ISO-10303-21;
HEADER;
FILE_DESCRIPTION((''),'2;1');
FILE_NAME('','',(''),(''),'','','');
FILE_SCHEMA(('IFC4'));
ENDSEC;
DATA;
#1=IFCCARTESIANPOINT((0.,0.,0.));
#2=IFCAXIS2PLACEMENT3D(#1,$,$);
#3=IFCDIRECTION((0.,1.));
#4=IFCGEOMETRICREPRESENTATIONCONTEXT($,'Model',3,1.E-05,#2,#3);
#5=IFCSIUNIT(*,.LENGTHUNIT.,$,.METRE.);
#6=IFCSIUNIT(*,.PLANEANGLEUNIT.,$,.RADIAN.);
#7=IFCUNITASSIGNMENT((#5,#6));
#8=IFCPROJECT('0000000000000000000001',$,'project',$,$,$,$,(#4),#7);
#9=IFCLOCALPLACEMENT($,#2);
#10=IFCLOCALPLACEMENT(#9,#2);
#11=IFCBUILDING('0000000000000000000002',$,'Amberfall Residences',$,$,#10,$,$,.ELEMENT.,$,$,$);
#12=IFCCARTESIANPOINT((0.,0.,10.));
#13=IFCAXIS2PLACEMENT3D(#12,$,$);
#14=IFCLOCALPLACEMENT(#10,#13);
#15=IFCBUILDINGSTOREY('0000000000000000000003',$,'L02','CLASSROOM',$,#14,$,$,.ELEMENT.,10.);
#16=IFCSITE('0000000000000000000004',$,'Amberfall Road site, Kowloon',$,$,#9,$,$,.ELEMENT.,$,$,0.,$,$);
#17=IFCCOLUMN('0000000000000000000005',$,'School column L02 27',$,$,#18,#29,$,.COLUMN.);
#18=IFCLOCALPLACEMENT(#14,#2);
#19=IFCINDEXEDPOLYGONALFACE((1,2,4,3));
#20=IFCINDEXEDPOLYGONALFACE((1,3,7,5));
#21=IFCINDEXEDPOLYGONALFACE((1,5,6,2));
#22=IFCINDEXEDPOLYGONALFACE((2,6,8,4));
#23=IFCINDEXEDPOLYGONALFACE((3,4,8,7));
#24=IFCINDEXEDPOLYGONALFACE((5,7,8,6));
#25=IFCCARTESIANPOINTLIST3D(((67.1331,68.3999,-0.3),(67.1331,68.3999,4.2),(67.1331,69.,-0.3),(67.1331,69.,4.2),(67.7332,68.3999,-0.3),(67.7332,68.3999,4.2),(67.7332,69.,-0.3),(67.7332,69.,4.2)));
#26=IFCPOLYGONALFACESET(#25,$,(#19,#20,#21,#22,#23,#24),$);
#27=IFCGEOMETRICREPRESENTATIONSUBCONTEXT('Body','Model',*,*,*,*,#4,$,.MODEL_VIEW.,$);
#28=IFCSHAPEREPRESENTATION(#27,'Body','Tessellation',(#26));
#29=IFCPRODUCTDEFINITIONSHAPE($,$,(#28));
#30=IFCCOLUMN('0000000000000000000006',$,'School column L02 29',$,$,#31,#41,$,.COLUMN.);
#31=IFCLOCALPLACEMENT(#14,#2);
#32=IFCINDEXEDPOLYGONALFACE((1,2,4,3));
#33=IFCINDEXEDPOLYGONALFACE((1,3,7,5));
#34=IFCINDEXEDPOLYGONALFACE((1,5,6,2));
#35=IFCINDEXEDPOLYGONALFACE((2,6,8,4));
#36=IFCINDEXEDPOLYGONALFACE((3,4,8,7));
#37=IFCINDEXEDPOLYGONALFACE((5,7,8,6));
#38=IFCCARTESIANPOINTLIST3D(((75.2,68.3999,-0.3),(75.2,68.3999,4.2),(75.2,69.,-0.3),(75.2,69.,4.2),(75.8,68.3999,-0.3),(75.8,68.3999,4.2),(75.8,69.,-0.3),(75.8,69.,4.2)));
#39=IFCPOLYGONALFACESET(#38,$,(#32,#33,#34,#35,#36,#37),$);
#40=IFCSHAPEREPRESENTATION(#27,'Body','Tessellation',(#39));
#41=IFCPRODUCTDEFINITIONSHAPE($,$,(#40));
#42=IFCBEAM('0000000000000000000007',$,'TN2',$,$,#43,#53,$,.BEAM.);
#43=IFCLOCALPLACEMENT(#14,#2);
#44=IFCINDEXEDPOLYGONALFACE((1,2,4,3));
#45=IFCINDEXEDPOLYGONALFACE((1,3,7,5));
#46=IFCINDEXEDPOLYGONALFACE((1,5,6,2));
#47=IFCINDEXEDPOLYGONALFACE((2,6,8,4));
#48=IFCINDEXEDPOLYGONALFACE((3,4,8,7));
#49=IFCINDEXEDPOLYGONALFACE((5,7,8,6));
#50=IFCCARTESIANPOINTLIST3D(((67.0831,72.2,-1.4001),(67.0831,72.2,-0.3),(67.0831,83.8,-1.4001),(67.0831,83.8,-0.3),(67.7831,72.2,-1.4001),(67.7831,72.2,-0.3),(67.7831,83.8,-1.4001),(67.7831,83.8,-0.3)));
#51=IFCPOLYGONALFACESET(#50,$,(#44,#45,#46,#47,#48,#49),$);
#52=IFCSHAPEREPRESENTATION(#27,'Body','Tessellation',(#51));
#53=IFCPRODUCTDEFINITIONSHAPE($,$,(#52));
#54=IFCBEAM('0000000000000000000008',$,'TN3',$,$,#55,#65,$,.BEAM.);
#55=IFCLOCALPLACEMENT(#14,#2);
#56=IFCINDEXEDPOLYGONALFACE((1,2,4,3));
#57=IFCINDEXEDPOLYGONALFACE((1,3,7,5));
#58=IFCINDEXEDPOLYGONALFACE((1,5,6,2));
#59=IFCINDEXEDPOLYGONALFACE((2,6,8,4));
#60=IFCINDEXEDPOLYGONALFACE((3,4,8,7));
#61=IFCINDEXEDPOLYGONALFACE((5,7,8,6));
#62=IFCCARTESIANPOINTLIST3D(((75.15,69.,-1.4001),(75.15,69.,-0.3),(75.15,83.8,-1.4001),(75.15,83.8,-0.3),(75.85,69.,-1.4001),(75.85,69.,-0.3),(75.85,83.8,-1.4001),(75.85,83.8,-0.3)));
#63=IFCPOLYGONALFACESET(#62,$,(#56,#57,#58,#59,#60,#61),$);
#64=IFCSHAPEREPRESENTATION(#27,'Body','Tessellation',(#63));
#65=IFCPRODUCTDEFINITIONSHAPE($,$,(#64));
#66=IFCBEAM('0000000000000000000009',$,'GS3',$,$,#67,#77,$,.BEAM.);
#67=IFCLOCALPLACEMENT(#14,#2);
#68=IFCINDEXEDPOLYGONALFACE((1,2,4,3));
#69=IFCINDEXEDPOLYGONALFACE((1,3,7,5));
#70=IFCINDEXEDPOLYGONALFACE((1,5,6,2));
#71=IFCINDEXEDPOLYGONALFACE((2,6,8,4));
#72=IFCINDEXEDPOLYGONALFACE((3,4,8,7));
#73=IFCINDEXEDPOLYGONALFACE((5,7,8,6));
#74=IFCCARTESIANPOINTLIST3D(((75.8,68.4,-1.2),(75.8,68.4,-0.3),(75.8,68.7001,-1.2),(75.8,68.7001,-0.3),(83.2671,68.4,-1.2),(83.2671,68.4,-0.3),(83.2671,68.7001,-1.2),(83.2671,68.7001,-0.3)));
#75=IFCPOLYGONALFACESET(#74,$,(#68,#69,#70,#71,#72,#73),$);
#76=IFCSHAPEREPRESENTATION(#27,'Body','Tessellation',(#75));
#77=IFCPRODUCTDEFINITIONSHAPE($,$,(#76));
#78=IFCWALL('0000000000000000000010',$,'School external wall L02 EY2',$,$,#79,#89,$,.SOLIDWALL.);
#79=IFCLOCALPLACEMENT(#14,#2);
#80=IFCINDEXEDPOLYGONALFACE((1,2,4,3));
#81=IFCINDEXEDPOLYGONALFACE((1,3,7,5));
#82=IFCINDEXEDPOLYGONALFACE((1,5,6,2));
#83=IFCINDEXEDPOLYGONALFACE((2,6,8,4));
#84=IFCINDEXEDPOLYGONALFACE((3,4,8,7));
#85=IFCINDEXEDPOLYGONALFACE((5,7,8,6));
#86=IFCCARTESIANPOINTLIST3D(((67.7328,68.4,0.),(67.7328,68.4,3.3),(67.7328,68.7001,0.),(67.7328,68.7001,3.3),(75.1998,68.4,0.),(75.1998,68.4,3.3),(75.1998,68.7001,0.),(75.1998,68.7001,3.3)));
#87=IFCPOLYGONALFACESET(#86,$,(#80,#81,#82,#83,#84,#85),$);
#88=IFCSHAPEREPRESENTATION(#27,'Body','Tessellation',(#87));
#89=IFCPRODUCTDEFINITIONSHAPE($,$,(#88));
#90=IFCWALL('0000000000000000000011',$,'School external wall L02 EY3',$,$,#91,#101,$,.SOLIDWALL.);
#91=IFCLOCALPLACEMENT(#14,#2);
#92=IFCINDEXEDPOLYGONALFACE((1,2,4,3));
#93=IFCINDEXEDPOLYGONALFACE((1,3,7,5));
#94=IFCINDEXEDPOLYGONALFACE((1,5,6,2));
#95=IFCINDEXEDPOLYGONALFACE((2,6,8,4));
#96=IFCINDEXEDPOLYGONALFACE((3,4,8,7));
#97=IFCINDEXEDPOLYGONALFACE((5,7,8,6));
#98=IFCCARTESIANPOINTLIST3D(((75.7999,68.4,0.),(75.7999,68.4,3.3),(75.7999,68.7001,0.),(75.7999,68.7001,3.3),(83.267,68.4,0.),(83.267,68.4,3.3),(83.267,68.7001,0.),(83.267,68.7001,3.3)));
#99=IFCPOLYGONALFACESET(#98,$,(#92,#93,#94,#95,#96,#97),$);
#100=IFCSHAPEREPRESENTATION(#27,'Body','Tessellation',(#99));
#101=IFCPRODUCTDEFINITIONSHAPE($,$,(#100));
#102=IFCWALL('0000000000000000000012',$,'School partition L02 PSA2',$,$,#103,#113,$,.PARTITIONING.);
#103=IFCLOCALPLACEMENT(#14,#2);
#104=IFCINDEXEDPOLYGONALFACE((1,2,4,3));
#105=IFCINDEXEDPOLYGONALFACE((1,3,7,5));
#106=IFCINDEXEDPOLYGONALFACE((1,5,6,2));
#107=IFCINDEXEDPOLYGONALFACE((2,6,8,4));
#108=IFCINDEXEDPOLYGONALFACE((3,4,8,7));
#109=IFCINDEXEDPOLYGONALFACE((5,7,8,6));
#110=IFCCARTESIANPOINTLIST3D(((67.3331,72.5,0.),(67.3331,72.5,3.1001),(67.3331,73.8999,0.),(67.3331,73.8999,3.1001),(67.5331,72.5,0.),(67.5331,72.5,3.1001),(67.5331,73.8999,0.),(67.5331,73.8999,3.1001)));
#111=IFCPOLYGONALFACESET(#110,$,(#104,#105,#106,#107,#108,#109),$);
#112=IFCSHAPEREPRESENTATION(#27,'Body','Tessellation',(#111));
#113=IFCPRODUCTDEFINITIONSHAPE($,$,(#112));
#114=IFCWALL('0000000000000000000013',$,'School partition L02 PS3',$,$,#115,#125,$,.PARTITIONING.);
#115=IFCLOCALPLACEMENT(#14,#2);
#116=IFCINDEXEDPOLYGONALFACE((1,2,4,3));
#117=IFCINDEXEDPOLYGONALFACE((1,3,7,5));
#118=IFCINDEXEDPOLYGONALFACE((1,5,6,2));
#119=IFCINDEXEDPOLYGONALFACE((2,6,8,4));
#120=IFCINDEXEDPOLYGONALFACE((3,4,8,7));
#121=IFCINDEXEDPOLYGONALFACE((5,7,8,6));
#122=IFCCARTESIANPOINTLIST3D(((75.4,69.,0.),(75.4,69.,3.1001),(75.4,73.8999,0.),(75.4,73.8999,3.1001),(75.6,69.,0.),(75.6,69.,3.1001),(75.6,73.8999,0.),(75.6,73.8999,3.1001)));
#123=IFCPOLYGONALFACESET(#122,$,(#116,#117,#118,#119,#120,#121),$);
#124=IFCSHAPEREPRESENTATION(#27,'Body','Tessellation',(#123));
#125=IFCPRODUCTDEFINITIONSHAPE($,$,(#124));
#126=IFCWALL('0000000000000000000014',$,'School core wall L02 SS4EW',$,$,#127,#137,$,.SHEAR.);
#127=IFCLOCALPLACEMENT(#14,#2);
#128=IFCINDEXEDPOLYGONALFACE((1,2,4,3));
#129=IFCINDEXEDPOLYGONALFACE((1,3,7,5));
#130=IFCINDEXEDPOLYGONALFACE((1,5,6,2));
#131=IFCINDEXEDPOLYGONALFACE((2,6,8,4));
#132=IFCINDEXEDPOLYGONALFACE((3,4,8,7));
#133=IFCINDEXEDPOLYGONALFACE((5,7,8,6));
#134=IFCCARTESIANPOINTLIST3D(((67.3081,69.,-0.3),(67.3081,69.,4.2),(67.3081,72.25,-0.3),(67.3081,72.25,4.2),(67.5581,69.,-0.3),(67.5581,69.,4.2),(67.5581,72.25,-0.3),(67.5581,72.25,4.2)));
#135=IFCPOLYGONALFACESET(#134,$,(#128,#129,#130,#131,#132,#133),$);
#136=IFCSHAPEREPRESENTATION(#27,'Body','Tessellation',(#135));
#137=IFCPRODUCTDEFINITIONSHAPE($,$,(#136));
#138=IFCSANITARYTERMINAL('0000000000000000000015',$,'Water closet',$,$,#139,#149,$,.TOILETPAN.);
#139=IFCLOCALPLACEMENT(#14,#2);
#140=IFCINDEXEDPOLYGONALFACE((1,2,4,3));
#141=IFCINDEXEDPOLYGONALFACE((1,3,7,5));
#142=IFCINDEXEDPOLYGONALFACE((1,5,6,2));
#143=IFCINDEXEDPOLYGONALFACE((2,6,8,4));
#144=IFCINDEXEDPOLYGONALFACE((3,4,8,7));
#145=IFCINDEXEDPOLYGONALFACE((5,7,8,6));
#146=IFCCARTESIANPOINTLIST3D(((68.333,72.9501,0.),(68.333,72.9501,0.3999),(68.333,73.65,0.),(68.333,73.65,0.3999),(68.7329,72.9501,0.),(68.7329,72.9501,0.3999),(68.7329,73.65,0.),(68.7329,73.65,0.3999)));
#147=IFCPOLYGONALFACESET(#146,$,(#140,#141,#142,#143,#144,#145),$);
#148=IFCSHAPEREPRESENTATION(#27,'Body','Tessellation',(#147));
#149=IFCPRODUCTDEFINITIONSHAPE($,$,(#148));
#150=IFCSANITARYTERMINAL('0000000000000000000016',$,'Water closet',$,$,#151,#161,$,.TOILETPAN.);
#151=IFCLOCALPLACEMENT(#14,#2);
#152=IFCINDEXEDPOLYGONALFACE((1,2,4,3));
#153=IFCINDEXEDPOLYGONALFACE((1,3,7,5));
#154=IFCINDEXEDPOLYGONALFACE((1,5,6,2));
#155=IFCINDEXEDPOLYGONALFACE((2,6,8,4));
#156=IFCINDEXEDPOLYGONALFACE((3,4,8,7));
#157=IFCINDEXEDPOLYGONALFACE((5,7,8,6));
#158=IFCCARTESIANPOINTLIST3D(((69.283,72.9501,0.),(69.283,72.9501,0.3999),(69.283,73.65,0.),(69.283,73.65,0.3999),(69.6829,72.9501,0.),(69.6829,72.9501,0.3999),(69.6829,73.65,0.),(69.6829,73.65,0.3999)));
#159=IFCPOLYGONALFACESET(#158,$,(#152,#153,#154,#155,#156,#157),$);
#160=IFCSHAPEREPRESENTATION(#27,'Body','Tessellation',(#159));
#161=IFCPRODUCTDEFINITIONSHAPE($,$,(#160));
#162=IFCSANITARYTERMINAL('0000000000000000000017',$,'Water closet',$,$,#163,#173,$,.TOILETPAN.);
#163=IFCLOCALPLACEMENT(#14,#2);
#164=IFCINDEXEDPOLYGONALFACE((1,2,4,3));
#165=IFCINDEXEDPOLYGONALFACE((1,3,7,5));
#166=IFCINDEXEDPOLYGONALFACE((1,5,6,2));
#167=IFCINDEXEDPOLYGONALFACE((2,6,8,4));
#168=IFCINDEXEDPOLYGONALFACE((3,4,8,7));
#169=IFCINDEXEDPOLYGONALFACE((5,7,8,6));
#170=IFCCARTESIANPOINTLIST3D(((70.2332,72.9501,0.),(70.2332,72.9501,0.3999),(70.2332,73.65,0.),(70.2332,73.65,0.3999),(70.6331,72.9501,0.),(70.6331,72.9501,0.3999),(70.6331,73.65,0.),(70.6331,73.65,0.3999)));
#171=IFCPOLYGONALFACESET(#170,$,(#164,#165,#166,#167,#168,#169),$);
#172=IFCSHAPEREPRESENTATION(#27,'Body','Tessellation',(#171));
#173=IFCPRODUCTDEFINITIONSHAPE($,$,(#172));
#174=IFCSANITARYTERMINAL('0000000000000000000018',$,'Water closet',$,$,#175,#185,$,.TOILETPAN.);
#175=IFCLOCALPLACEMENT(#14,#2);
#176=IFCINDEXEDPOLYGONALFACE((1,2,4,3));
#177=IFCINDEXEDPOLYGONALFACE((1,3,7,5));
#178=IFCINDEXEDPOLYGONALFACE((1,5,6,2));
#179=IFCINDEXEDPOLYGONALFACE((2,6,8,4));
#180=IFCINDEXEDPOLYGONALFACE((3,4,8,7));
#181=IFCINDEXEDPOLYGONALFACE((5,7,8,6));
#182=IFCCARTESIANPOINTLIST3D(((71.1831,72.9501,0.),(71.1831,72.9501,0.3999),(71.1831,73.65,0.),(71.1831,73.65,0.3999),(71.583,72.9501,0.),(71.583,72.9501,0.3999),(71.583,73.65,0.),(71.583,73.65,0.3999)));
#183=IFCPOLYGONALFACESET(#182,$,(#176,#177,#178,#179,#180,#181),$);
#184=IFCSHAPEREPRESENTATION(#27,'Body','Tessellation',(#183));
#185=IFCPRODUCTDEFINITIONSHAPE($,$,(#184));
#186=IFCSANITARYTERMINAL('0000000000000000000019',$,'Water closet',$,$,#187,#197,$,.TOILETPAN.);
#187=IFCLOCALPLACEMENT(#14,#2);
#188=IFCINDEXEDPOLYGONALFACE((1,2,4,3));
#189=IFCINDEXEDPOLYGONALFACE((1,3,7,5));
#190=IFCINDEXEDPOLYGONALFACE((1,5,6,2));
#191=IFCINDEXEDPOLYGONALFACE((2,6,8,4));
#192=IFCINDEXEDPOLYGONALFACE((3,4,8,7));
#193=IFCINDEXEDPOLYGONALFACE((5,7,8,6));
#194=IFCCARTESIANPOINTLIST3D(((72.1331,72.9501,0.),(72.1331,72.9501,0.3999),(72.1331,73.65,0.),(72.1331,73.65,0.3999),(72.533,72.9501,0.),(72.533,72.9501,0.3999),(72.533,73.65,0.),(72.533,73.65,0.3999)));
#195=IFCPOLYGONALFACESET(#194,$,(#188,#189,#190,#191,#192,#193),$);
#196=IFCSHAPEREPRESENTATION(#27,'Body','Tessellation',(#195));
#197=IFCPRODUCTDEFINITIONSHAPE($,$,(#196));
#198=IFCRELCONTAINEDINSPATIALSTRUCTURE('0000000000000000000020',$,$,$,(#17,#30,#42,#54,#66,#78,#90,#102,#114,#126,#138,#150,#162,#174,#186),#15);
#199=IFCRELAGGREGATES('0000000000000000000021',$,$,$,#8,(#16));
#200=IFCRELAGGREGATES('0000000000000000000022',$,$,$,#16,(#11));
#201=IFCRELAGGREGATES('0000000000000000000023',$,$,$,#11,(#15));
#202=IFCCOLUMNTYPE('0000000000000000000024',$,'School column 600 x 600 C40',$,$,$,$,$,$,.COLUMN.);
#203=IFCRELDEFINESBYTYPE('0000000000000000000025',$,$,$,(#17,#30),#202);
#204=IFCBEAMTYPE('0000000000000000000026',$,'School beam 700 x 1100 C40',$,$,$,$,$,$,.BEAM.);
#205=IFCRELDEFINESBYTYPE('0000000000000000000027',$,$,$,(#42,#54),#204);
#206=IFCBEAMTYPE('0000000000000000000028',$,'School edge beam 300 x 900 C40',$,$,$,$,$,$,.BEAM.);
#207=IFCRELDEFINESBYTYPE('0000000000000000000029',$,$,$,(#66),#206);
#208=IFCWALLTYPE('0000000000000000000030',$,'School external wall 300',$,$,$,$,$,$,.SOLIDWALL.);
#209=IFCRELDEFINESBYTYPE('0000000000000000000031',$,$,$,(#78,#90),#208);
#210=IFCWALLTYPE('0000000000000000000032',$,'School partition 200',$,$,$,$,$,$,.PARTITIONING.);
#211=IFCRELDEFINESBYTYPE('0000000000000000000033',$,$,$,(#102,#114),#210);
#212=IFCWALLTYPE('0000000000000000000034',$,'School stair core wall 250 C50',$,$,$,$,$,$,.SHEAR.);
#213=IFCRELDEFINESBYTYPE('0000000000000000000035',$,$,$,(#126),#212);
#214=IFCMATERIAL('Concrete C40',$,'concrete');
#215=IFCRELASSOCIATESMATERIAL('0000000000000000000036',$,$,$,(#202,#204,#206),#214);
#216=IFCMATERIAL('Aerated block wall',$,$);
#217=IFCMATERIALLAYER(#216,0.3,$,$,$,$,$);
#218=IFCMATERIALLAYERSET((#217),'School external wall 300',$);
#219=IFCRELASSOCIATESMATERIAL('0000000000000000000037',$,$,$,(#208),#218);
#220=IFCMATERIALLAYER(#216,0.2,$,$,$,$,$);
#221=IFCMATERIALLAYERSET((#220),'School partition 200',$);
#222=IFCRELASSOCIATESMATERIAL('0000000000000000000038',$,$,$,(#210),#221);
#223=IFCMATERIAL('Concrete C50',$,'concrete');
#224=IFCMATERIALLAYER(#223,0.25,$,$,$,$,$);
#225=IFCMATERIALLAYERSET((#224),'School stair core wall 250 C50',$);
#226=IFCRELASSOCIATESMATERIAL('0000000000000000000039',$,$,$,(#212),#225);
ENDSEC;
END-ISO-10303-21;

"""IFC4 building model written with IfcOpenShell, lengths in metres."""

from ifc_helpers import new_model, si_unit, direction, frame, frame_2d, origin, origin_2d, place, context, subcontext, project, spatial, rectangle, extrude, material, layer, layer_set, material_profile, profile_set, type_object, element, save


model = new_model("IFC4")

# Units and contexts
model_context = context("Model", 3, precision=1e-05, world=origin(), true_north=direction((0.0, 1.0)))
body_context = subcontext(model_context, "Body", "Model", "MODEL_VIEW")
ifc_project = project(units=[si_unit("LENGTHUNIT", "METRE"), si_unit("PLANEANGLEUNIT", "RADIAN")], contexts=[model_context])

# Site, building, storey
site_placement = place(None, origin())
site = spatial("IfcSite", under=ifc_project, at=site_placement, Name="Amberfall Road site, Kowloon", CompositionType="ELEMENT", RefElevation=0.0)
building_placement = place(site_placement, origin())
building = spatial("IfcBuilding", under=site, at=building_placement, Name="Amberfall Residences", CompositionType="ELEMENT")
storey_placement = place(building_placement, frame((0.0, 0.0, 10.0)))
storey = spatial("IfcBuildingStorey", under=building, at=storey_placement, Name="L02", Description="CLASSROOM", CompositionType="ELEMENT", Elevation=10.0)

# Columns
ifc_material_1 = material(Name="Concrete C40", Category="concrete")
ifc_material_profile_1 = material_profile(ifc_material_1, rectangle(XDim=0.6001, YDim=0.6001, at=origin_2d()), Name="School column 600 x 600 C40")
ifc_profile_set_1 = profile_set([ifc_material_profile_1], Name="Concrete C40")
column_type = type_object("IfcColumnType", Name="School column 600 x 600 C40", PredefinedType="COLUMN", material=ifc_profile_set_1)
for number, where, z_axis, x_axis, name in (
    (1, (67.4331, 68.7, -0.3), (0.0, 0.0, 1.0), (1.0, 0.0, 0.0), "School column L02 27"),
    (2, (75.5, 68.7, -0.3), (0.0, 0.0, 1.0), (1.0, 0.0, 0.0), "School column L02 29"),
):
    element("IfcColumn", number, at=place(storey_placement, frame(where, z_axis=z_axis, x_axis=x_axis)), inside=storey, type_object=column_type, Name=name, PredefinedType="COLUMN", context=body_context, shape_type="SweptSolid", body=[
        extrude(rectangle(XDim=0.6001, YDim=0.6001, at=origin_2d()), origin(), (0.0, 0.0, 1.0), 4.5),
    ])

# Beams
ifc_material_profile_2 = material_profile(ifc_material_1, rectangle(XDim=0.7, YDim=1.1001, at=origin_2d()), Name="School beam 700 x 1100 C40")
ifc_profile_set_2 = profile_set([ifc_material_profile_2], Name="Concrete C40")
beam_type_1 = type_object("IfcBeamType", Name="School beam 700 x 1100 C40", PredefinedType="BEAM", material=ifc_profile_set_2)
beam_1_placement = place(storey_placement, frame((67.4331, 72.2, -0.8501), z_axis=(0.0, 1.0, 0.0), x_axis=(-1.0, 0.0, 0.0)))
element("IfcBeam", 3, at=beam_1_placement, inside=storey, type_object=beam_type_1, Name="TN2", PredefinedType="BEAM", context=body_context, shape_type="SweptSolid", body=[
    extrude(rectangle(XDim=0.7, YDim=1.1001, at=origin_2d()), origin(), (0.0, 0.0, 1.0), 11.6001),
])
beam_2_placement = place(storey_placement, frame((75.5, 69.0, -0.8501), z_axis=(0.0, 1.0, 0.0), x_axis=(-1.0, 0.0, 0.0)))
element("IfcBeam", 4, at=beam_2_placement, inside=storey, type_object=beam_type_1, Name="TN3", PredefinedType="BEAM", context=body_context, shape_type="SweptSolid", body=[
    extrude(rectangle(XDim=0.7, YDim=1.1001, at=origin_2d()), origin(), (0.0, 0.0, 1.0), 14.8),
])
ifc_material_profile_3 = material_profile(ifc_material_1, rectangle(XDim=0.3, YDim=0.8999, at=origin_2d()), Name="School edge beam 300 x 900 C40")
ifc_profile_set_3 = profile_set([ifc_material_profile_3], Name="Concrete C40")
beam_type_2 = type_object("IfcBeamType", Name="School edge beam 300 x 900 C40", PredefinedType="BEAM", material=ifc_profile_set_3)
beam_3_placement = place(storey_placement, frame((75.8, 68.55, -0.75), z_axis=(1.0, 0.0, 0.0), x_axis=(0.0, 1.0, 0.0)))
element("IfcBeam", 5, at=beam_3_placement, inside=storey, type_object=beam_type_2, Name="GS3", PredefinedType="BEAM", context=body_context, shape_type="SweptSolid", body=[
    extrude(rectangle(XDim=0.3, YDim=0.8999, at=origin_2d()), origin(), (0.0, 0.0, 1.0), 7.467),
])

# Walls
ifc_material_2 = material(Name="Aerated block wall")
ifc_layer_1 = layer(ifc_material_2, 0.3)
ifc_layer_set_1 = layer_set([ifc_layer_1], Name="School external wall 300")
wall_type_1 = type_object("IfcWallType", Name="School external wall 300", PredefinedType="SOLIDWALL", material=ifc_layer_set_1)
for number, where, z_axis, x_axis, name in (
    (6, (67.7329, 68.55, 0.0), (0.0, 0.0, 1.0), (1.0, 0.0, 0.0), "School external wall L02 EY2"),
    (7, (75.8, 68.55, 0.0), (0.0, 0.0, 1.0), (1.0, 0.0, 0.0), "School external wall L02 EY3"),
):
    element("IfcWall", number, at=place(storey_placement, frame(where, z_axis=z_axis, x_axis=x_axis)), inside=storey, type_object=wall_type_1, Name=name, PredefinedType="SOLIDWALL", context=body_context, shape_type="SweptSolid", body=[
        extrude(rectangle(XDim=7.467, YDim=0.3, at=frame_2d((3.7334, 0.0))), origin(), (0.0, 0.0, 1.0), 3.3),
    ])
ifc_layer_2 = layer(ifc_material_2, 0.2)
ifc_layer_set_2 = layer_set([ifc_layer_2], Name="School partition 200")
wall_type_2 = type_object("IfcWallType", Name="School partition 200", PredefinedType="PARTITIONING", material=ifc_layer_set_2)
wall_1_placement = place(storey_placement, frame((67.4331, 72.5, 0.0), z_axis=(0.0, 0.0, 1.0), x_axis=(0.0, 1.0, 0.0)))
element("IfcWall", 8, at=wall_1_placement, inside=storey, type_object=wall_type_2, Name="School partition L02 PSA2", PredefinedType="PARTITIONING", context=body_context, shape_type="SweptSolid", body=[
    extrude(rectangle(XDim=1.3999, YDim=0.2, at=frame_2d((0.7, 0.0))), origin(), (0.0, 0.0, 1.0), 3.1001),
])
wall_2_placement = place(storey_placement, frame((75.5, 69.0, 0.0), z_axis=(0.0, 0.0, 1.0), x_axis=(0.0, 1.0, 0.0)))
element("IfcWall", 9, at=wall_2_placement, inside=storey, type_object=wall_type_2, Name="School partition L02 PS3", PredefinedType="PARTITIONING", context=body_context, shape_type="SweptSolid", body=[
    extrude(rectangle(XDim=4.8999, YDim=0.2, at=frame_2d((2.45, 0.0))), origin(), (0.0, 0.0, 1.0), 3.1001),
])
ifc_material_3 = material(Name="Concrete C50", Category="concrete")
ifc_layer_3 = layer(ifc_material_3, 0.25)
ifc_layer_set_3 = layer_set([ifc_layer_3], Name="School stair core wall 250 C50")
wall_type_3 = type_object("IfcWallType", Name="School stair core wall 250 C50", PredefinedType="SHEAR", material=ifc_layer_set_3)
wall_3_placement = place(storey_placement, frame((67.4331, 69.0, -0.3), z_axis=(0.0, 0.0, 1.0), x_axis=(0.0, 1.0, 0.0)))
element("IfcWall", 10, at=wall_3_placement, inside=storey, type_object=wall_type_3, Name="School core wall L02 SS4EW", PredefinedType="SHEAR", context=body_context, shape_type="SweptSolid", body=[
    extrude(rectangle(XDim=3.25, YDim=0.25, at=frame_2d((1.625, 0.0))), origin(), (0.0, 0.0, 1.0), 4.5),
])

# Sanitary terminals
for number, where, z_axis, x_axis, name in (
    (11, (68.533, 73.3, 0.0), (0.0, 0.0, 1.0), (1.0, 0.0, 0.0), "Water closet"),
    (12, (69.4829, 73.3, 0.0), (0.0, 0.0, 1.0), (1.0, 0.0, 0.0), "Water closet"),
    (13, (70.4331, 73.3, 0.0), (0.0, 0.0, 1.0), (1.0, 0.0, 0.0), "Water closet"),
    (14, (71.3831, 73.3, 0.0), (0.0, 0.0, 1.0), (1.0, 0.0, 0.0), "Water closet"),
    (15, (72.333, 73.3, 0.0), (0.0, 0.0, 1.0), (1.0, 0.0, 0.0), "Water closet"),
):
    element("IfcSanitaryTerminal", number, at=place(storey_placement, frame(where, z_axis=z_axis, x_axis=x_axis)), inside=storey, Name=name, PredefinedType="TOILETPAN", context=body_context, shape_type="SweptSolid", body=[
        extrude(rectangle(XDim=0.3999, YDim=0.7, at=origin_2d()), origin(), (0.0, 0.0, 1.0), 0.3999),
    ])

save(model, "model.ifc")
